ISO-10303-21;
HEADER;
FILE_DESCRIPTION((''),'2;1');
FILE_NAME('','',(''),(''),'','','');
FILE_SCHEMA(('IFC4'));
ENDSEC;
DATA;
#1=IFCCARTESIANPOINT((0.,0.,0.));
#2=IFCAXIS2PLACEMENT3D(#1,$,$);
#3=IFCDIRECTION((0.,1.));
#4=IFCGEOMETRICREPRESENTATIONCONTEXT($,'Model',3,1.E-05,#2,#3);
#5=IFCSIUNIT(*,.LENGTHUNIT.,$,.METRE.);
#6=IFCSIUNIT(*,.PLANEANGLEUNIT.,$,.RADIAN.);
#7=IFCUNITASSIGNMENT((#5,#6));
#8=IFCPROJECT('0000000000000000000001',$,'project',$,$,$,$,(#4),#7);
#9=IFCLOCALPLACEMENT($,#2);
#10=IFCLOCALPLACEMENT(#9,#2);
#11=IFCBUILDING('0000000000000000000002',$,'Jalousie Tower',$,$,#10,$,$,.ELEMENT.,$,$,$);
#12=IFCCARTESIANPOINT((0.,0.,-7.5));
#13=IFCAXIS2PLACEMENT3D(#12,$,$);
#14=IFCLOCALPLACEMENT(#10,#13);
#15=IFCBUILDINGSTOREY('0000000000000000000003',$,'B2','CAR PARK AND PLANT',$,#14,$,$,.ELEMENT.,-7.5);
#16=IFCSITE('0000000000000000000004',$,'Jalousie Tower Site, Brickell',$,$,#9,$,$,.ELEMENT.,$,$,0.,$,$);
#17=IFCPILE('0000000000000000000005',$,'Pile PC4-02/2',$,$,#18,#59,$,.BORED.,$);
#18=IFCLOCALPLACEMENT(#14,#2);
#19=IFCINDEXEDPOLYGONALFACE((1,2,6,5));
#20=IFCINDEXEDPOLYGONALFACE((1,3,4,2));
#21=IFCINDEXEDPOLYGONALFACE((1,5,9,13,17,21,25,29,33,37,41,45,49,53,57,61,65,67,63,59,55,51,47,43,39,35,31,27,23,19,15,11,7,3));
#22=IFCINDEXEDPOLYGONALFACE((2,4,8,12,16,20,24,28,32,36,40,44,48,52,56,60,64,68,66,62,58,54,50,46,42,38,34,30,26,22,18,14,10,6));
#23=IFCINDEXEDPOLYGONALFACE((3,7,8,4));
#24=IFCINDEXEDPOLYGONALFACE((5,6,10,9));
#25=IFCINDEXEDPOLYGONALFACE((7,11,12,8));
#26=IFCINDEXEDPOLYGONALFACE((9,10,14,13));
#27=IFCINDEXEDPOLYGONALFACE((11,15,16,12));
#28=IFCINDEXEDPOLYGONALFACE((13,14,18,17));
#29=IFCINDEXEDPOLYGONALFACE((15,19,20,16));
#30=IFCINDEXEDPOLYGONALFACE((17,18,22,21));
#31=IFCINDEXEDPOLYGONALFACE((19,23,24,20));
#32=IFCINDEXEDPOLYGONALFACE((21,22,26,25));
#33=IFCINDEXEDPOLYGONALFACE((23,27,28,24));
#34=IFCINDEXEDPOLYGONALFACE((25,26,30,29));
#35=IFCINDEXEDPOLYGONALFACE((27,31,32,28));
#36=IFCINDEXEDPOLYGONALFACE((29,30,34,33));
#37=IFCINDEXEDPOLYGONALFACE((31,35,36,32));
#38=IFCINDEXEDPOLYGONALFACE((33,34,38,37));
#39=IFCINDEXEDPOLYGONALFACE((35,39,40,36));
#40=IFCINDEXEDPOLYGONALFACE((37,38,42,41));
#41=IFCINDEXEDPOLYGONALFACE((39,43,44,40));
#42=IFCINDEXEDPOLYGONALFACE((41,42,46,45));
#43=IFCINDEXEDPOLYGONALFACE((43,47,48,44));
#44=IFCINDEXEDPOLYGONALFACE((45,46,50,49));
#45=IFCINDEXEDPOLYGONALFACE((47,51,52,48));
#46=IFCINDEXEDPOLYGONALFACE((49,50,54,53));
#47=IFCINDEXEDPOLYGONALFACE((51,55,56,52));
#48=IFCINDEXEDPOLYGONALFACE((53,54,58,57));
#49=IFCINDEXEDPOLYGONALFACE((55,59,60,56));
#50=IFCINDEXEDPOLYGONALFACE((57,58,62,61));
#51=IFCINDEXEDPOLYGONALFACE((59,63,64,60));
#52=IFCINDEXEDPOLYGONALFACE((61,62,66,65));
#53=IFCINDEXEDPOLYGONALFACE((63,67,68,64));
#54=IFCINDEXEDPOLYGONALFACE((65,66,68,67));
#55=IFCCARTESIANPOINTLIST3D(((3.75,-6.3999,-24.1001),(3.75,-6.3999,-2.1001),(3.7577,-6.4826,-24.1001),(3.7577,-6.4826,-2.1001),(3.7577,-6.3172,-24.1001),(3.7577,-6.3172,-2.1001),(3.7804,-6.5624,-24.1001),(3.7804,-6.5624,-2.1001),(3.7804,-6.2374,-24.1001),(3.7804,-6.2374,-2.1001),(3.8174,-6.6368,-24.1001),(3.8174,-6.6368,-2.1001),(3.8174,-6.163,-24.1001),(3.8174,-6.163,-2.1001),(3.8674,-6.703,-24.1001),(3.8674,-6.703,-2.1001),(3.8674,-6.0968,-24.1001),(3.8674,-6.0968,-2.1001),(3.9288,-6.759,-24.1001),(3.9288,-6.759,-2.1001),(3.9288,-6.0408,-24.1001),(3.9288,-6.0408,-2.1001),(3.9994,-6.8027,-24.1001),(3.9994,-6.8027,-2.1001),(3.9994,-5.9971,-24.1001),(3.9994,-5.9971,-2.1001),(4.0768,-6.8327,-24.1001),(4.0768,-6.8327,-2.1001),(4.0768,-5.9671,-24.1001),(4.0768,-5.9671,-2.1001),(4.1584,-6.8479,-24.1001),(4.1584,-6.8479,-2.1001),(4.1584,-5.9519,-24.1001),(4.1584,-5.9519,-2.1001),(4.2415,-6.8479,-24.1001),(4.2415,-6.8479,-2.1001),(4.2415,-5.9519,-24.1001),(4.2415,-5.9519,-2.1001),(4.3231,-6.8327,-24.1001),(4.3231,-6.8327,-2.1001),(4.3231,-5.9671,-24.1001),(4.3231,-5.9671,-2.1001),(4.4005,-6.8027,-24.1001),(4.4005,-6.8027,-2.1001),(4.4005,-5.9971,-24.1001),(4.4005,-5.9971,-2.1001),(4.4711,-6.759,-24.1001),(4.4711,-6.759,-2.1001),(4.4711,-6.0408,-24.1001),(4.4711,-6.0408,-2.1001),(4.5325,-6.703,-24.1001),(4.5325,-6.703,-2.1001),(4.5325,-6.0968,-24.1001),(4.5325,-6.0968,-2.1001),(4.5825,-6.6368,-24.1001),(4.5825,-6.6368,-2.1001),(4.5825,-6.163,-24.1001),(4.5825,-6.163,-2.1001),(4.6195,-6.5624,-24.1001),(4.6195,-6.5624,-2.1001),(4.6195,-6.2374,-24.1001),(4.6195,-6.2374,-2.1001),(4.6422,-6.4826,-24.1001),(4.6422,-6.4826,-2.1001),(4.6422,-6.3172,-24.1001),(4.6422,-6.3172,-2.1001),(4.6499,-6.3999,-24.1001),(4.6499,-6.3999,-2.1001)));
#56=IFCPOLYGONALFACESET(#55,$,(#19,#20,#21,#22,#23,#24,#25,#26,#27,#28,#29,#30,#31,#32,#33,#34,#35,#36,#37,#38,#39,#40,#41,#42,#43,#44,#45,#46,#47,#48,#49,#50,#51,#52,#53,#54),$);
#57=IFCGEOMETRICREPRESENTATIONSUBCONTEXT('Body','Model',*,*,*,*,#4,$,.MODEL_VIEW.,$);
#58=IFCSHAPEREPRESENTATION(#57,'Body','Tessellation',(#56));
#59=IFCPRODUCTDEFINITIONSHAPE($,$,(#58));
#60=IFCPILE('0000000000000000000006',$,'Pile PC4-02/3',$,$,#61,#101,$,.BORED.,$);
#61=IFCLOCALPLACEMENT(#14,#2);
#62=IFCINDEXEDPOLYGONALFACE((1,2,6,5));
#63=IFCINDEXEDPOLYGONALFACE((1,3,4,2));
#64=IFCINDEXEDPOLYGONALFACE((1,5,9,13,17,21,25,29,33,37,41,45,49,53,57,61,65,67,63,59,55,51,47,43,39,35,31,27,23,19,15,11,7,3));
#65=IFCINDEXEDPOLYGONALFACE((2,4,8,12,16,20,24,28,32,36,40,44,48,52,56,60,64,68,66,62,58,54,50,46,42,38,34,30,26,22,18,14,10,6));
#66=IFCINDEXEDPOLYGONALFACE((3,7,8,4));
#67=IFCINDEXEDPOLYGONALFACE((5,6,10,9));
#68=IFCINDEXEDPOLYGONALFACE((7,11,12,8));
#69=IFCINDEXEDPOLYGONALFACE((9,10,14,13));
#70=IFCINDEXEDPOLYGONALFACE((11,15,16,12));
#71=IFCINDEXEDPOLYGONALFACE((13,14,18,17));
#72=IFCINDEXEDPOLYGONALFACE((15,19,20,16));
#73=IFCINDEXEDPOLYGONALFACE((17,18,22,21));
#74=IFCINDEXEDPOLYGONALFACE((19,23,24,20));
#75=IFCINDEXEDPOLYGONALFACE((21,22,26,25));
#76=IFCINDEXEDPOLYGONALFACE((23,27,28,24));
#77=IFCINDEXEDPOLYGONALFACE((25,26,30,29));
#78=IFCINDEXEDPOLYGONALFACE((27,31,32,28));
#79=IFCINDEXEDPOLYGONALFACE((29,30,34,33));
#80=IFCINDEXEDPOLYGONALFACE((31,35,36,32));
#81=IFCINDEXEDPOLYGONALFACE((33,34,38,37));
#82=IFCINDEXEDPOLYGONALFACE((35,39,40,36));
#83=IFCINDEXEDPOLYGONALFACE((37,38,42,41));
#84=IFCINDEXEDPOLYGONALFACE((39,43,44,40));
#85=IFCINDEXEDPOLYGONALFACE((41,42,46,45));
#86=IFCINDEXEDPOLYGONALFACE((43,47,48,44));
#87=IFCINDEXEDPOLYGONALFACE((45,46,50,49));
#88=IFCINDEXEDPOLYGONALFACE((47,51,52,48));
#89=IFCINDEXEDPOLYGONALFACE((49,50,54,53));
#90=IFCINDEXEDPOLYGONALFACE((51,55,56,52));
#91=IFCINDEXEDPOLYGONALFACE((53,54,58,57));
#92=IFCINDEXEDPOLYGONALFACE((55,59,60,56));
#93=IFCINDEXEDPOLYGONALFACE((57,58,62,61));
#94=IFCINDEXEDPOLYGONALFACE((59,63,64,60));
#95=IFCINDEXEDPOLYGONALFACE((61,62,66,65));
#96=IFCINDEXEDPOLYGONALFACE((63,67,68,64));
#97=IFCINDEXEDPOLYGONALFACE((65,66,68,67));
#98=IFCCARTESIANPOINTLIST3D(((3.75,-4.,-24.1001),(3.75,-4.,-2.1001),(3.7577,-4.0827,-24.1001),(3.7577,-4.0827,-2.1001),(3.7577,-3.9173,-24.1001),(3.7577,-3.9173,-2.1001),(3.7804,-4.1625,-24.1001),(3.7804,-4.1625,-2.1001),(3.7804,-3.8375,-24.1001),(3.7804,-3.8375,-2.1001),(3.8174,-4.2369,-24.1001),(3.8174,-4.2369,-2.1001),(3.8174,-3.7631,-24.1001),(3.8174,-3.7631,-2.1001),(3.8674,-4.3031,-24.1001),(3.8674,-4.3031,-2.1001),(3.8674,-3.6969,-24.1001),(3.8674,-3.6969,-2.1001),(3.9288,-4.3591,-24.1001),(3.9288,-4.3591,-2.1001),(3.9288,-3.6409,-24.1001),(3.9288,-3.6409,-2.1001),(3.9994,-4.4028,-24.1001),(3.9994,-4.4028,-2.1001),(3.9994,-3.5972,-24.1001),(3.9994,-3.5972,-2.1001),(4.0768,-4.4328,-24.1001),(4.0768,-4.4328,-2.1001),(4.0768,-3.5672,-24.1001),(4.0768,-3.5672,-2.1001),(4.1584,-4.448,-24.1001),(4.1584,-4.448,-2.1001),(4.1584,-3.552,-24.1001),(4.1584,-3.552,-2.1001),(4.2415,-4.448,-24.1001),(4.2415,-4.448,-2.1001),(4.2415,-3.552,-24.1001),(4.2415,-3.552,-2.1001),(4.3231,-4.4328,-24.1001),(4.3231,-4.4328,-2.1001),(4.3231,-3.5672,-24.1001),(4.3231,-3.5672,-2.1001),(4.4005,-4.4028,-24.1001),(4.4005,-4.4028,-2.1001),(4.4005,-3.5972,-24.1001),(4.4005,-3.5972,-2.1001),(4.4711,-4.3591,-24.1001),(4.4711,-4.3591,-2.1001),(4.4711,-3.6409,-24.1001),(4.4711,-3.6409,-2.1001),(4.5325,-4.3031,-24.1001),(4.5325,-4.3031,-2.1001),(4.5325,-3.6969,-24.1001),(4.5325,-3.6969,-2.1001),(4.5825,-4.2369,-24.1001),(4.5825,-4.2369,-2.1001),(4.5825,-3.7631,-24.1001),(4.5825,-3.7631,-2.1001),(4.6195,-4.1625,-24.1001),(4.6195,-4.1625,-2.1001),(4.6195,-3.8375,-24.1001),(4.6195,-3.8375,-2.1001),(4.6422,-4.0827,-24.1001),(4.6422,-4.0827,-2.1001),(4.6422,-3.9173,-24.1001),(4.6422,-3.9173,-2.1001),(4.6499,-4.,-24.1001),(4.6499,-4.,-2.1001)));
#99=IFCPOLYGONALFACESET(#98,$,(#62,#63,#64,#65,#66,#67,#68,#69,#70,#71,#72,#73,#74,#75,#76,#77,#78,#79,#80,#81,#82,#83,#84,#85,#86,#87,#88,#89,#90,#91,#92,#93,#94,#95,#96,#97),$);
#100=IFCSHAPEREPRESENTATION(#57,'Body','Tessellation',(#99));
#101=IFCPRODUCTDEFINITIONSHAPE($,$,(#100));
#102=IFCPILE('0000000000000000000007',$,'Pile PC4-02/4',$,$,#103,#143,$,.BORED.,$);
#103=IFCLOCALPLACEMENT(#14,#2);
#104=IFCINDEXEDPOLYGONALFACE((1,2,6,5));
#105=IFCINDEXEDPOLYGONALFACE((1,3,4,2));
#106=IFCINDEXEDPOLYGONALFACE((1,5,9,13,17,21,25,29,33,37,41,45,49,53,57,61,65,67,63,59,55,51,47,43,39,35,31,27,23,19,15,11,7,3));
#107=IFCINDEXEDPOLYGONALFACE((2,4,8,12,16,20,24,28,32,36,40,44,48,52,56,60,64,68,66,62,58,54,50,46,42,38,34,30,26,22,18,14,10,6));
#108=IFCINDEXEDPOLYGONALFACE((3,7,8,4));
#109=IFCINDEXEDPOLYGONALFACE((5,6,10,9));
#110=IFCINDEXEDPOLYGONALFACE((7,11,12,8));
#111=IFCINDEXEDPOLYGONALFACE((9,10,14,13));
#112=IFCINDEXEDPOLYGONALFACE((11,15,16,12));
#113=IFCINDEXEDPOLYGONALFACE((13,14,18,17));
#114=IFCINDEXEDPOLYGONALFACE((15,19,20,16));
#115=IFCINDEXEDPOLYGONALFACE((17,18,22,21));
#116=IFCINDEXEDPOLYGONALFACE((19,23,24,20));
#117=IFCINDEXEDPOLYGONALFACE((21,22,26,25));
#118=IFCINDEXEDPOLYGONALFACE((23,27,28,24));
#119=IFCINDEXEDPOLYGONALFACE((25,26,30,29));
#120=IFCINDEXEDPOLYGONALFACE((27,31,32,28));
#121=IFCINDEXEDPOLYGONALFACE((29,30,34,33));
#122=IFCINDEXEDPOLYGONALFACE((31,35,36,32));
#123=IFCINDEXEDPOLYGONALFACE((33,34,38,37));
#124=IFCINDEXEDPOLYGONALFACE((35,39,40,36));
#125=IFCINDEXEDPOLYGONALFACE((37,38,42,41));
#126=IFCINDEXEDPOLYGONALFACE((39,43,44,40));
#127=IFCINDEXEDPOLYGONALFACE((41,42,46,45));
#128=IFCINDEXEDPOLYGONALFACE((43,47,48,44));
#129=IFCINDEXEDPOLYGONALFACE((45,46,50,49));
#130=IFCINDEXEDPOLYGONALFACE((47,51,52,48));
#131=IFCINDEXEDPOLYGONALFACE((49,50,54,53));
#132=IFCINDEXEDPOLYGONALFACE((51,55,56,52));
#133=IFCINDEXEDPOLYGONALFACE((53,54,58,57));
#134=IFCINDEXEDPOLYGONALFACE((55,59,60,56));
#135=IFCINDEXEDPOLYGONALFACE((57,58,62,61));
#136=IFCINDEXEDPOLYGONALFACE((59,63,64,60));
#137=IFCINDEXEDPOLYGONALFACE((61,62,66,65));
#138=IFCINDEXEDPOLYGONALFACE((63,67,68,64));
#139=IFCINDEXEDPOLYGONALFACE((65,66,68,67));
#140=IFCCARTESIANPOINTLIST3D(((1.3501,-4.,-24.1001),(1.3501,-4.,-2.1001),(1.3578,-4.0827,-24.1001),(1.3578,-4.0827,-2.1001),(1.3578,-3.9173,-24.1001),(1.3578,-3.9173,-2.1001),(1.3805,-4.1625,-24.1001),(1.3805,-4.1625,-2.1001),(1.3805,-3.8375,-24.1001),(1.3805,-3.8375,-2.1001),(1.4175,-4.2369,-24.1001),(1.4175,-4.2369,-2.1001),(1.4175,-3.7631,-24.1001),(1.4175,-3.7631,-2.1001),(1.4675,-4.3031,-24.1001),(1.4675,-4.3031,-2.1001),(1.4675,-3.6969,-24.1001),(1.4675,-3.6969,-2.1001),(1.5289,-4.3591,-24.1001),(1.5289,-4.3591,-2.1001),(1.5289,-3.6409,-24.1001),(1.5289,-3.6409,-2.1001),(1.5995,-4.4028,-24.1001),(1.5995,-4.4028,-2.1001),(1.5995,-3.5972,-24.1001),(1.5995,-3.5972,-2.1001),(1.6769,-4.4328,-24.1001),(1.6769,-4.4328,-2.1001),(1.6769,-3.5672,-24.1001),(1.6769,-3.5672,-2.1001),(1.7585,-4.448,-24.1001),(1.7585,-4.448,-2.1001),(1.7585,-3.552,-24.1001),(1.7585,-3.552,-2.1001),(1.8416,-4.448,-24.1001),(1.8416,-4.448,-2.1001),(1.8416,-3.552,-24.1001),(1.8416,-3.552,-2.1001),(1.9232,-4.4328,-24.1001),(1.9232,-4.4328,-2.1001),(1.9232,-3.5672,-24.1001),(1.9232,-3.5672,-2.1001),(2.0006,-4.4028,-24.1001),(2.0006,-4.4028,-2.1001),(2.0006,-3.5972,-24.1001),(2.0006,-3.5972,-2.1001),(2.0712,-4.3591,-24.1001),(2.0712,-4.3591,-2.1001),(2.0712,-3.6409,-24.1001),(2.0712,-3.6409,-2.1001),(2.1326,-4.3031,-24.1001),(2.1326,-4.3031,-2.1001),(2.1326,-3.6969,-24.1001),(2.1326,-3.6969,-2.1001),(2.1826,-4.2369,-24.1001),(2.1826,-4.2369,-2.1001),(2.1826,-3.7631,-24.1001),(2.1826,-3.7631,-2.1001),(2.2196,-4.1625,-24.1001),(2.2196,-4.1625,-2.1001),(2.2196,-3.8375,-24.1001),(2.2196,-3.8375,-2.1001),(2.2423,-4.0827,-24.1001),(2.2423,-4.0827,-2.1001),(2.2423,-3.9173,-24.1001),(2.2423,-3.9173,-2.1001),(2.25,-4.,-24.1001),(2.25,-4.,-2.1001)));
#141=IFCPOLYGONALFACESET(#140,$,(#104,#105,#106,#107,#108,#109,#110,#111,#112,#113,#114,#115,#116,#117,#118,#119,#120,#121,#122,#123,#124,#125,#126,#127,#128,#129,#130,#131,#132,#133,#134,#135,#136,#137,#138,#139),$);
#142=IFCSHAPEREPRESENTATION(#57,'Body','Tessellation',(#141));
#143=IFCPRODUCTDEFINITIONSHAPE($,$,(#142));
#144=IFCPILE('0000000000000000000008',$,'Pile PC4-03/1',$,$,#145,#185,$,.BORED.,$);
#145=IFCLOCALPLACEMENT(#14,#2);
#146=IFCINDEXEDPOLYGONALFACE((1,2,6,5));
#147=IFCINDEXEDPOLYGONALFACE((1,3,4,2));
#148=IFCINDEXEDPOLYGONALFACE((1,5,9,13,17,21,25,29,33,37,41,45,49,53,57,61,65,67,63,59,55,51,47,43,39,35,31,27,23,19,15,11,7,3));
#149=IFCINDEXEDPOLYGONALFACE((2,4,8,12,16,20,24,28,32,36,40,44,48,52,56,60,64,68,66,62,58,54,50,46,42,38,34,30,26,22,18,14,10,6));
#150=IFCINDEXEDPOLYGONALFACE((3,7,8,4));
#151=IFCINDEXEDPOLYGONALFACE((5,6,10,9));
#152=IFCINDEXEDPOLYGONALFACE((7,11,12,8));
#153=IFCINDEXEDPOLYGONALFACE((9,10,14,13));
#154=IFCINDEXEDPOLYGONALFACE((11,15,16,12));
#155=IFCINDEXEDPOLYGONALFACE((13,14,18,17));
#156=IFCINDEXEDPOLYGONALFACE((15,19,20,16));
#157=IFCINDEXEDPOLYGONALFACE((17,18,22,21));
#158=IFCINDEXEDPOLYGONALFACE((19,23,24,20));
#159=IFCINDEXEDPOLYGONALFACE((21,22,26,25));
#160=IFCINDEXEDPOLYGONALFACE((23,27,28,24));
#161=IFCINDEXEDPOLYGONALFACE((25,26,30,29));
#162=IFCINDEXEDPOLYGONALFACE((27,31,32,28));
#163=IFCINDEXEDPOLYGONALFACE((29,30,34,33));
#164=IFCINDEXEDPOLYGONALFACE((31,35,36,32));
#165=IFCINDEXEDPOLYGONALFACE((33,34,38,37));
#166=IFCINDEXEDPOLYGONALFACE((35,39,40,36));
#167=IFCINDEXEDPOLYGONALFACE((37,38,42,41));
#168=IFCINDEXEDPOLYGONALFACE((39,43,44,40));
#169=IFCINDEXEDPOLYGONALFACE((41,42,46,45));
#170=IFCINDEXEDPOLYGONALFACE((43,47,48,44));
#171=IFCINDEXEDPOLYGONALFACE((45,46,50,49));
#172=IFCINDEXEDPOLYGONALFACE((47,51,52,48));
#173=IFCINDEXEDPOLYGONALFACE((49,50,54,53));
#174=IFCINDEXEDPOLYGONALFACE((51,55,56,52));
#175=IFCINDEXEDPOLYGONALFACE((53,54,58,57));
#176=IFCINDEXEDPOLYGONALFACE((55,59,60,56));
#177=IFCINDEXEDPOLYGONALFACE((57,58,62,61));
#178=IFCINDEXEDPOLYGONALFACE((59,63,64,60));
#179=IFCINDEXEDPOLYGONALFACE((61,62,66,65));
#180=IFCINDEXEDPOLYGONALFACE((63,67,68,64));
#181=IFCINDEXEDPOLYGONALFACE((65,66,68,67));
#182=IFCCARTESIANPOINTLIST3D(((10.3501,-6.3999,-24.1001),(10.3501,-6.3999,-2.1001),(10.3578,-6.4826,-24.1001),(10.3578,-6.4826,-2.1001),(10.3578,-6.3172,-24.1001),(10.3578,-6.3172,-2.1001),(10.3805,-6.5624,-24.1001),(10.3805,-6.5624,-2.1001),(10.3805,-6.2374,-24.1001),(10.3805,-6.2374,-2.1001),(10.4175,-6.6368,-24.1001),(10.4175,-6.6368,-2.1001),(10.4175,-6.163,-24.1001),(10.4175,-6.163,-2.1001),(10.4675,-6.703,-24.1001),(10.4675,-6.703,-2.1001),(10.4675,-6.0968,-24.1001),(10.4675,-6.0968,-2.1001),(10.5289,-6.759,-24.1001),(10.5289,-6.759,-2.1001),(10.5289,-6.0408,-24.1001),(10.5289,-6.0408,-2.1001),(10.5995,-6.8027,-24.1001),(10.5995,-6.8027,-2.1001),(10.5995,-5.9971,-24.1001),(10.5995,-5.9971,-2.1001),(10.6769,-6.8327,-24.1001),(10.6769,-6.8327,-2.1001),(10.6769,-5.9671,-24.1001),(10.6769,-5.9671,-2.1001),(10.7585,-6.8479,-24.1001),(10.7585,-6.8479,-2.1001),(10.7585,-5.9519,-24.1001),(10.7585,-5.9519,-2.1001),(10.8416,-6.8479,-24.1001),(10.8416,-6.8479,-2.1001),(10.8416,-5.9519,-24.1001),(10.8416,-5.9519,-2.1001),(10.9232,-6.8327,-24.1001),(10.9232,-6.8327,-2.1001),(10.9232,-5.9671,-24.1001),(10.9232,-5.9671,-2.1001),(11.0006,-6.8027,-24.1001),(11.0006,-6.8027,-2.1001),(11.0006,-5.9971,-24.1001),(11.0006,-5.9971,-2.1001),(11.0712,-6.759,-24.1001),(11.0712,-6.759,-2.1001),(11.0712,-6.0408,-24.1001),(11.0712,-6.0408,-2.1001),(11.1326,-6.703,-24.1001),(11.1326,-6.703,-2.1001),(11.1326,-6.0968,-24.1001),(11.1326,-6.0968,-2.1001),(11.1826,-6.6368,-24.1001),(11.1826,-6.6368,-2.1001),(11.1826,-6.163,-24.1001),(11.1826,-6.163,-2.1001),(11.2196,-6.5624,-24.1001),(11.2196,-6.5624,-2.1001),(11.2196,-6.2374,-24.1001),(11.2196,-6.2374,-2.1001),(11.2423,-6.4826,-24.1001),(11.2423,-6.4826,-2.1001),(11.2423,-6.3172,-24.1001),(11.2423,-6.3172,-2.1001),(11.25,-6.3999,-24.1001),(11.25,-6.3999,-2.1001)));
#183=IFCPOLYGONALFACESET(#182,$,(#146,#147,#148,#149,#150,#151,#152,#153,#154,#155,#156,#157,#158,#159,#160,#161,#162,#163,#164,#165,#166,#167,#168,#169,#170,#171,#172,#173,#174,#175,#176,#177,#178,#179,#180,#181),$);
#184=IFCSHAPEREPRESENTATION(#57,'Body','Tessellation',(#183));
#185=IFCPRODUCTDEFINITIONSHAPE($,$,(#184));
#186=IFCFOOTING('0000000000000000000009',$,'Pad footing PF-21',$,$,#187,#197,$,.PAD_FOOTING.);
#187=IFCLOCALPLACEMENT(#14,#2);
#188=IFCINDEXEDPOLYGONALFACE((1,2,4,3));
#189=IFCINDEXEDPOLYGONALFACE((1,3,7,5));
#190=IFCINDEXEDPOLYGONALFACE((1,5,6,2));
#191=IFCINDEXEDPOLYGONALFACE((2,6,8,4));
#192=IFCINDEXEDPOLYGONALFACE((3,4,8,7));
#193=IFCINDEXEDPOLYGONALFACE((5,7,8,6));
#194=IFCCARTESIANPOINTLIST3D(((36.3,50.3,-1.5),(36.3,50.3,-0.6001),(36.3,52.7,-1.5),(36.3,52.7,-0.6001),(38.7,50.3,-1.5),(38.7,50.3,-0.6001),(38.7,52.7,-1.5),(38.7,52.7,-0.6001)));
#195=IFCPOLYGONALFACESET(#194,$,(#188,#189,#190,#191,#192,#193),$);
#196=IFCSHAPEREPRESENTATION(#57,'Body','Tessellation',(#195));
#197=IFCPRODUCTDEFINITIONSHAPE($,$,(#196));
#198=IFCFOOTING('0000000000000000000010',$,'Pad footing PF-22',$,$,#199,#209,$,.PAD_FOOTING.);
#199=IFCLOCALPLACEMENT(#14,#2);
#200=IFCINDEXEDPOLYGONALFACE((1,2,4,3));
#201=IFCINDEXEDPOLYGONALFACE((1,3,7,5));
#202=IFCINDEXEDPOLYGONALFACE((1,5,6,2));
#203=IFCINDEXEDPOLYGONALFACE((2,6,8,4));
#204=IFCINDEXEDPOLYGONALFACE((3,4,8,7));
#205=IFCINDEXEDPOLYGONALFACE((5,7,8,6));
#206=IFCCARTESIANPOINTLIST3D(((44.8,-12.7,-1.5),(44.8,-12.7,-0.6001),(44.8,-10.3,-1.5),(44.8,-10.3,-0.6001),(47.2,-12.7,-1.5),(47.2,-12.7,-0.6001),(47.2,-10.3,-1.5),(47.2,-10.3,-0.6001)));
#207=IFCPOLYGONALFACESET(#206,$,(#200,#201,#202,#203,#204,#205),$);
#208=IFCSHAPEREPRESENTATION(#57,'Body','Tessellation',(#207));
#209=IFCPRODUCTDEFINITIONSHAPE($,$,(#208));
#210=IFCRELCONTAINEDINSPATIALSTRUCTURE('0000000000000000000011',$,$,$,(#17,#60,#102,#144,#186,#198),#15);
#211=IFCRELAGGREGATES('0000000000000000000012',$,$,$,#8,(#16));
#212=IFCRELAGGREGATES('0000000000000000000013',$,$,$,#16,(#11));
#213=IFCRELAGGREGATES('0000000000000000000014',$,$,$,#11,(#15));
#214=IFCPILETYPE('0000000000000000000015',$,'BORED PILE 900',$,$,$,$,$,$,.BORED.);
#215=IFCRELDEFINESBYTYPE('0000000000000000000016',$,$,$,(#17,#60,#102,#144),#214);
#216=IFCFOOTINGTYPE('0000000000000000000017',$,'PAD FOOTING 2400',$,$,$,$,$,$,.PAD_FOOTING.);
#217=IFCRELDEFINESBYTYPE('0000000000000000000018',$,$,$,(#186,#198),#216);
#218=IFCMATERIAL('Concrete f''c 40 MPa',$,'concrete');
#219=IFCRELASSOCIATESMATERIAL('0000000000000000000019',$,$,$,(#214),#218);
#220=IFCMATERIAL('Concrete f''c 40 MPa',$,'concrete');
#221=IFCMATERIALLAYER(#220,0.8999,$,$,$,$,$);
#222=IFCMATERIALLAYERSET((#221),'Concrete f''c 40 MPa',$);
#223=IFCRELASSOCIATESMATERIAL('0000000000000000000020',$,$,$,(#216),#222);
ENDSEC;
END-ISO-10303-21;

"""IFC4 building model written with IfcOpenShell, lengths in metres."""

from ifc_helpers import new_model, si_unit, direction, frame, origin, origin_2d, place, context, subcontext, project, spatial, polyline, circle, outline, extrude, material, layer, layer_set, material_profile, profile_set, type_object, element, save


model = new_model("IFC4")

# Units and contexts
model_context = context("Model", 3, precision=1e-05, world=origin(), true_north=direction((0.0, 1.0)))
body_context = subcontext(model_context, "Body", "Model", "MODEL_VIEW")
ifc_project = project(units=[si_unit("LENGTHUNIT", "METRE"), si_unit("PLANEANGLEUNIT", "RADIAN")], contexts=[model_context])

# Site, building, storey
site_placement = place(None, origin())
site = spatial("IfcSite", under=ifc_project, at=site_placement, Name="Jalousie Tower Site, Brickell", CompositionType="ELEMENT", RefElevation=0.0)
building_placement = place(site_placement, origin())
building = spatial("IfcBuilding", under=site, at=building_placement, Name="Jalousie Tower", CompositionType="ELEMENT")
storey_placement = place(building_placement, frame((0.0, 0.0, -7.5)))
storey = spatial("IfcBuildingStorey", under=building, at=storey_placement, Name="B2", Description="CAR PARK AND PLANT", CompositionType="ELEMENT", Elevation=-7.5)

# Piles
ifc_material_1 = material(Name="Concrete f'c 40 MPa", Category="concrete")
ifc_material_profile_1 = material_profile(ifc_material_1, circle(Radius=0.45, at=origin_2d()), Name="BORED PILE D900")
ifc_profile_set_1 = profile_set([ifc_material_profile_1], Name="Concrete f'c 40 MPa")
pile_type_1 = type_object("IfcPileType", Name="BORED PILE 900", PredefinedType="BORED", material=ifc_profile_set_1)
for number, where, z_axis, x_axis, name in (
    (1, (4.2, -6.3999, -2.1001), (0.0, 0.0, -1.0), (1.0, 0.0, 0.0), "Pile PC4-02/2"),
    (2, (4.2, -4.0, -2.1001), (0.0, 0.0, -1.0), (1.0, 0.0, 0.0), "Pile PC4-02/3"),
    (3, (1.8, -4.0, -2.1001), (0.0, 0.0, -1.0), (1.0, 0.0, 0.0), "Pile PC4-02/4"),
    (4, (10.8, -6.3999, -2.1001), (0.0, 0.0, -1.0), (1.0, 0.0, 0.0), "Pile PC4-03/1"),
):
    element("IfcPile", number, at=place(storey_placement, frame(where, z_axis=z_axis, x_axis=x_axis)), inside=storey, type_object=pile_type_1, Name=name, PredefinedType="BORED", context=body_context, shape_type="SweptSolid", body=[
        extrude(circle(Radius=0.45, at=origin_2d()), origin(), (0.0, 0.0, 1.0), 22.0),
    ])

# Footings
ifc_material_2 = material(Name="Concrete f'c 40 MPa", Category="concrete")
ifc_layer = layer(ifc_material_2, 0.8999)
ifc_layer_set = layer_set([ifc_layer], Name="Concrete f'c 40 MPa")
footing_type = type_object("IfcFootingType", Name="PAD FOOTING 2400", PredefinedType="PAD_FOOTING", material=ifc_layer_set)
footing_1_placement = place(storey_placement, frame((0.0, 0.0, -1.5)))
element("IfcFooting", 5, at=footing_1_placement, inside=storey, type_object=footing_type, Name="Pad footing PF-21", PredefinedType="PAD_FOOTING", context=body_context, shape_type="SweptSolid", body=[
    extrude(outline(polyline([(36.3, 50.3), (38.7, 50.3), (38.7, 52.7), (36.3, 52.7), (36.3, 50.3)])), origin(), (0.0, 0.0, 1.0), 0.8999),
])
footing_2_placement = place(storey_placement, frame((0.0, 0.0, -1.5)))
element("IfcFooting", 6, at=footing_2_placement, inside=storey, type_object=footing_type, Name="Pad footing PF-22", PredefinedType="PAD_FOOTING", context=body_context, shape_type="SweptSolid", body=[
    extrude(outline(polyline([(44.8, -12.7), (47.2, -12.7), (47.2, -10.3), (44.8, -10.3), (44.8, -12.7)])), origin(), (0.0, 0.0, 1.0), 0.8999),
])

save(model, "model.ifc")
